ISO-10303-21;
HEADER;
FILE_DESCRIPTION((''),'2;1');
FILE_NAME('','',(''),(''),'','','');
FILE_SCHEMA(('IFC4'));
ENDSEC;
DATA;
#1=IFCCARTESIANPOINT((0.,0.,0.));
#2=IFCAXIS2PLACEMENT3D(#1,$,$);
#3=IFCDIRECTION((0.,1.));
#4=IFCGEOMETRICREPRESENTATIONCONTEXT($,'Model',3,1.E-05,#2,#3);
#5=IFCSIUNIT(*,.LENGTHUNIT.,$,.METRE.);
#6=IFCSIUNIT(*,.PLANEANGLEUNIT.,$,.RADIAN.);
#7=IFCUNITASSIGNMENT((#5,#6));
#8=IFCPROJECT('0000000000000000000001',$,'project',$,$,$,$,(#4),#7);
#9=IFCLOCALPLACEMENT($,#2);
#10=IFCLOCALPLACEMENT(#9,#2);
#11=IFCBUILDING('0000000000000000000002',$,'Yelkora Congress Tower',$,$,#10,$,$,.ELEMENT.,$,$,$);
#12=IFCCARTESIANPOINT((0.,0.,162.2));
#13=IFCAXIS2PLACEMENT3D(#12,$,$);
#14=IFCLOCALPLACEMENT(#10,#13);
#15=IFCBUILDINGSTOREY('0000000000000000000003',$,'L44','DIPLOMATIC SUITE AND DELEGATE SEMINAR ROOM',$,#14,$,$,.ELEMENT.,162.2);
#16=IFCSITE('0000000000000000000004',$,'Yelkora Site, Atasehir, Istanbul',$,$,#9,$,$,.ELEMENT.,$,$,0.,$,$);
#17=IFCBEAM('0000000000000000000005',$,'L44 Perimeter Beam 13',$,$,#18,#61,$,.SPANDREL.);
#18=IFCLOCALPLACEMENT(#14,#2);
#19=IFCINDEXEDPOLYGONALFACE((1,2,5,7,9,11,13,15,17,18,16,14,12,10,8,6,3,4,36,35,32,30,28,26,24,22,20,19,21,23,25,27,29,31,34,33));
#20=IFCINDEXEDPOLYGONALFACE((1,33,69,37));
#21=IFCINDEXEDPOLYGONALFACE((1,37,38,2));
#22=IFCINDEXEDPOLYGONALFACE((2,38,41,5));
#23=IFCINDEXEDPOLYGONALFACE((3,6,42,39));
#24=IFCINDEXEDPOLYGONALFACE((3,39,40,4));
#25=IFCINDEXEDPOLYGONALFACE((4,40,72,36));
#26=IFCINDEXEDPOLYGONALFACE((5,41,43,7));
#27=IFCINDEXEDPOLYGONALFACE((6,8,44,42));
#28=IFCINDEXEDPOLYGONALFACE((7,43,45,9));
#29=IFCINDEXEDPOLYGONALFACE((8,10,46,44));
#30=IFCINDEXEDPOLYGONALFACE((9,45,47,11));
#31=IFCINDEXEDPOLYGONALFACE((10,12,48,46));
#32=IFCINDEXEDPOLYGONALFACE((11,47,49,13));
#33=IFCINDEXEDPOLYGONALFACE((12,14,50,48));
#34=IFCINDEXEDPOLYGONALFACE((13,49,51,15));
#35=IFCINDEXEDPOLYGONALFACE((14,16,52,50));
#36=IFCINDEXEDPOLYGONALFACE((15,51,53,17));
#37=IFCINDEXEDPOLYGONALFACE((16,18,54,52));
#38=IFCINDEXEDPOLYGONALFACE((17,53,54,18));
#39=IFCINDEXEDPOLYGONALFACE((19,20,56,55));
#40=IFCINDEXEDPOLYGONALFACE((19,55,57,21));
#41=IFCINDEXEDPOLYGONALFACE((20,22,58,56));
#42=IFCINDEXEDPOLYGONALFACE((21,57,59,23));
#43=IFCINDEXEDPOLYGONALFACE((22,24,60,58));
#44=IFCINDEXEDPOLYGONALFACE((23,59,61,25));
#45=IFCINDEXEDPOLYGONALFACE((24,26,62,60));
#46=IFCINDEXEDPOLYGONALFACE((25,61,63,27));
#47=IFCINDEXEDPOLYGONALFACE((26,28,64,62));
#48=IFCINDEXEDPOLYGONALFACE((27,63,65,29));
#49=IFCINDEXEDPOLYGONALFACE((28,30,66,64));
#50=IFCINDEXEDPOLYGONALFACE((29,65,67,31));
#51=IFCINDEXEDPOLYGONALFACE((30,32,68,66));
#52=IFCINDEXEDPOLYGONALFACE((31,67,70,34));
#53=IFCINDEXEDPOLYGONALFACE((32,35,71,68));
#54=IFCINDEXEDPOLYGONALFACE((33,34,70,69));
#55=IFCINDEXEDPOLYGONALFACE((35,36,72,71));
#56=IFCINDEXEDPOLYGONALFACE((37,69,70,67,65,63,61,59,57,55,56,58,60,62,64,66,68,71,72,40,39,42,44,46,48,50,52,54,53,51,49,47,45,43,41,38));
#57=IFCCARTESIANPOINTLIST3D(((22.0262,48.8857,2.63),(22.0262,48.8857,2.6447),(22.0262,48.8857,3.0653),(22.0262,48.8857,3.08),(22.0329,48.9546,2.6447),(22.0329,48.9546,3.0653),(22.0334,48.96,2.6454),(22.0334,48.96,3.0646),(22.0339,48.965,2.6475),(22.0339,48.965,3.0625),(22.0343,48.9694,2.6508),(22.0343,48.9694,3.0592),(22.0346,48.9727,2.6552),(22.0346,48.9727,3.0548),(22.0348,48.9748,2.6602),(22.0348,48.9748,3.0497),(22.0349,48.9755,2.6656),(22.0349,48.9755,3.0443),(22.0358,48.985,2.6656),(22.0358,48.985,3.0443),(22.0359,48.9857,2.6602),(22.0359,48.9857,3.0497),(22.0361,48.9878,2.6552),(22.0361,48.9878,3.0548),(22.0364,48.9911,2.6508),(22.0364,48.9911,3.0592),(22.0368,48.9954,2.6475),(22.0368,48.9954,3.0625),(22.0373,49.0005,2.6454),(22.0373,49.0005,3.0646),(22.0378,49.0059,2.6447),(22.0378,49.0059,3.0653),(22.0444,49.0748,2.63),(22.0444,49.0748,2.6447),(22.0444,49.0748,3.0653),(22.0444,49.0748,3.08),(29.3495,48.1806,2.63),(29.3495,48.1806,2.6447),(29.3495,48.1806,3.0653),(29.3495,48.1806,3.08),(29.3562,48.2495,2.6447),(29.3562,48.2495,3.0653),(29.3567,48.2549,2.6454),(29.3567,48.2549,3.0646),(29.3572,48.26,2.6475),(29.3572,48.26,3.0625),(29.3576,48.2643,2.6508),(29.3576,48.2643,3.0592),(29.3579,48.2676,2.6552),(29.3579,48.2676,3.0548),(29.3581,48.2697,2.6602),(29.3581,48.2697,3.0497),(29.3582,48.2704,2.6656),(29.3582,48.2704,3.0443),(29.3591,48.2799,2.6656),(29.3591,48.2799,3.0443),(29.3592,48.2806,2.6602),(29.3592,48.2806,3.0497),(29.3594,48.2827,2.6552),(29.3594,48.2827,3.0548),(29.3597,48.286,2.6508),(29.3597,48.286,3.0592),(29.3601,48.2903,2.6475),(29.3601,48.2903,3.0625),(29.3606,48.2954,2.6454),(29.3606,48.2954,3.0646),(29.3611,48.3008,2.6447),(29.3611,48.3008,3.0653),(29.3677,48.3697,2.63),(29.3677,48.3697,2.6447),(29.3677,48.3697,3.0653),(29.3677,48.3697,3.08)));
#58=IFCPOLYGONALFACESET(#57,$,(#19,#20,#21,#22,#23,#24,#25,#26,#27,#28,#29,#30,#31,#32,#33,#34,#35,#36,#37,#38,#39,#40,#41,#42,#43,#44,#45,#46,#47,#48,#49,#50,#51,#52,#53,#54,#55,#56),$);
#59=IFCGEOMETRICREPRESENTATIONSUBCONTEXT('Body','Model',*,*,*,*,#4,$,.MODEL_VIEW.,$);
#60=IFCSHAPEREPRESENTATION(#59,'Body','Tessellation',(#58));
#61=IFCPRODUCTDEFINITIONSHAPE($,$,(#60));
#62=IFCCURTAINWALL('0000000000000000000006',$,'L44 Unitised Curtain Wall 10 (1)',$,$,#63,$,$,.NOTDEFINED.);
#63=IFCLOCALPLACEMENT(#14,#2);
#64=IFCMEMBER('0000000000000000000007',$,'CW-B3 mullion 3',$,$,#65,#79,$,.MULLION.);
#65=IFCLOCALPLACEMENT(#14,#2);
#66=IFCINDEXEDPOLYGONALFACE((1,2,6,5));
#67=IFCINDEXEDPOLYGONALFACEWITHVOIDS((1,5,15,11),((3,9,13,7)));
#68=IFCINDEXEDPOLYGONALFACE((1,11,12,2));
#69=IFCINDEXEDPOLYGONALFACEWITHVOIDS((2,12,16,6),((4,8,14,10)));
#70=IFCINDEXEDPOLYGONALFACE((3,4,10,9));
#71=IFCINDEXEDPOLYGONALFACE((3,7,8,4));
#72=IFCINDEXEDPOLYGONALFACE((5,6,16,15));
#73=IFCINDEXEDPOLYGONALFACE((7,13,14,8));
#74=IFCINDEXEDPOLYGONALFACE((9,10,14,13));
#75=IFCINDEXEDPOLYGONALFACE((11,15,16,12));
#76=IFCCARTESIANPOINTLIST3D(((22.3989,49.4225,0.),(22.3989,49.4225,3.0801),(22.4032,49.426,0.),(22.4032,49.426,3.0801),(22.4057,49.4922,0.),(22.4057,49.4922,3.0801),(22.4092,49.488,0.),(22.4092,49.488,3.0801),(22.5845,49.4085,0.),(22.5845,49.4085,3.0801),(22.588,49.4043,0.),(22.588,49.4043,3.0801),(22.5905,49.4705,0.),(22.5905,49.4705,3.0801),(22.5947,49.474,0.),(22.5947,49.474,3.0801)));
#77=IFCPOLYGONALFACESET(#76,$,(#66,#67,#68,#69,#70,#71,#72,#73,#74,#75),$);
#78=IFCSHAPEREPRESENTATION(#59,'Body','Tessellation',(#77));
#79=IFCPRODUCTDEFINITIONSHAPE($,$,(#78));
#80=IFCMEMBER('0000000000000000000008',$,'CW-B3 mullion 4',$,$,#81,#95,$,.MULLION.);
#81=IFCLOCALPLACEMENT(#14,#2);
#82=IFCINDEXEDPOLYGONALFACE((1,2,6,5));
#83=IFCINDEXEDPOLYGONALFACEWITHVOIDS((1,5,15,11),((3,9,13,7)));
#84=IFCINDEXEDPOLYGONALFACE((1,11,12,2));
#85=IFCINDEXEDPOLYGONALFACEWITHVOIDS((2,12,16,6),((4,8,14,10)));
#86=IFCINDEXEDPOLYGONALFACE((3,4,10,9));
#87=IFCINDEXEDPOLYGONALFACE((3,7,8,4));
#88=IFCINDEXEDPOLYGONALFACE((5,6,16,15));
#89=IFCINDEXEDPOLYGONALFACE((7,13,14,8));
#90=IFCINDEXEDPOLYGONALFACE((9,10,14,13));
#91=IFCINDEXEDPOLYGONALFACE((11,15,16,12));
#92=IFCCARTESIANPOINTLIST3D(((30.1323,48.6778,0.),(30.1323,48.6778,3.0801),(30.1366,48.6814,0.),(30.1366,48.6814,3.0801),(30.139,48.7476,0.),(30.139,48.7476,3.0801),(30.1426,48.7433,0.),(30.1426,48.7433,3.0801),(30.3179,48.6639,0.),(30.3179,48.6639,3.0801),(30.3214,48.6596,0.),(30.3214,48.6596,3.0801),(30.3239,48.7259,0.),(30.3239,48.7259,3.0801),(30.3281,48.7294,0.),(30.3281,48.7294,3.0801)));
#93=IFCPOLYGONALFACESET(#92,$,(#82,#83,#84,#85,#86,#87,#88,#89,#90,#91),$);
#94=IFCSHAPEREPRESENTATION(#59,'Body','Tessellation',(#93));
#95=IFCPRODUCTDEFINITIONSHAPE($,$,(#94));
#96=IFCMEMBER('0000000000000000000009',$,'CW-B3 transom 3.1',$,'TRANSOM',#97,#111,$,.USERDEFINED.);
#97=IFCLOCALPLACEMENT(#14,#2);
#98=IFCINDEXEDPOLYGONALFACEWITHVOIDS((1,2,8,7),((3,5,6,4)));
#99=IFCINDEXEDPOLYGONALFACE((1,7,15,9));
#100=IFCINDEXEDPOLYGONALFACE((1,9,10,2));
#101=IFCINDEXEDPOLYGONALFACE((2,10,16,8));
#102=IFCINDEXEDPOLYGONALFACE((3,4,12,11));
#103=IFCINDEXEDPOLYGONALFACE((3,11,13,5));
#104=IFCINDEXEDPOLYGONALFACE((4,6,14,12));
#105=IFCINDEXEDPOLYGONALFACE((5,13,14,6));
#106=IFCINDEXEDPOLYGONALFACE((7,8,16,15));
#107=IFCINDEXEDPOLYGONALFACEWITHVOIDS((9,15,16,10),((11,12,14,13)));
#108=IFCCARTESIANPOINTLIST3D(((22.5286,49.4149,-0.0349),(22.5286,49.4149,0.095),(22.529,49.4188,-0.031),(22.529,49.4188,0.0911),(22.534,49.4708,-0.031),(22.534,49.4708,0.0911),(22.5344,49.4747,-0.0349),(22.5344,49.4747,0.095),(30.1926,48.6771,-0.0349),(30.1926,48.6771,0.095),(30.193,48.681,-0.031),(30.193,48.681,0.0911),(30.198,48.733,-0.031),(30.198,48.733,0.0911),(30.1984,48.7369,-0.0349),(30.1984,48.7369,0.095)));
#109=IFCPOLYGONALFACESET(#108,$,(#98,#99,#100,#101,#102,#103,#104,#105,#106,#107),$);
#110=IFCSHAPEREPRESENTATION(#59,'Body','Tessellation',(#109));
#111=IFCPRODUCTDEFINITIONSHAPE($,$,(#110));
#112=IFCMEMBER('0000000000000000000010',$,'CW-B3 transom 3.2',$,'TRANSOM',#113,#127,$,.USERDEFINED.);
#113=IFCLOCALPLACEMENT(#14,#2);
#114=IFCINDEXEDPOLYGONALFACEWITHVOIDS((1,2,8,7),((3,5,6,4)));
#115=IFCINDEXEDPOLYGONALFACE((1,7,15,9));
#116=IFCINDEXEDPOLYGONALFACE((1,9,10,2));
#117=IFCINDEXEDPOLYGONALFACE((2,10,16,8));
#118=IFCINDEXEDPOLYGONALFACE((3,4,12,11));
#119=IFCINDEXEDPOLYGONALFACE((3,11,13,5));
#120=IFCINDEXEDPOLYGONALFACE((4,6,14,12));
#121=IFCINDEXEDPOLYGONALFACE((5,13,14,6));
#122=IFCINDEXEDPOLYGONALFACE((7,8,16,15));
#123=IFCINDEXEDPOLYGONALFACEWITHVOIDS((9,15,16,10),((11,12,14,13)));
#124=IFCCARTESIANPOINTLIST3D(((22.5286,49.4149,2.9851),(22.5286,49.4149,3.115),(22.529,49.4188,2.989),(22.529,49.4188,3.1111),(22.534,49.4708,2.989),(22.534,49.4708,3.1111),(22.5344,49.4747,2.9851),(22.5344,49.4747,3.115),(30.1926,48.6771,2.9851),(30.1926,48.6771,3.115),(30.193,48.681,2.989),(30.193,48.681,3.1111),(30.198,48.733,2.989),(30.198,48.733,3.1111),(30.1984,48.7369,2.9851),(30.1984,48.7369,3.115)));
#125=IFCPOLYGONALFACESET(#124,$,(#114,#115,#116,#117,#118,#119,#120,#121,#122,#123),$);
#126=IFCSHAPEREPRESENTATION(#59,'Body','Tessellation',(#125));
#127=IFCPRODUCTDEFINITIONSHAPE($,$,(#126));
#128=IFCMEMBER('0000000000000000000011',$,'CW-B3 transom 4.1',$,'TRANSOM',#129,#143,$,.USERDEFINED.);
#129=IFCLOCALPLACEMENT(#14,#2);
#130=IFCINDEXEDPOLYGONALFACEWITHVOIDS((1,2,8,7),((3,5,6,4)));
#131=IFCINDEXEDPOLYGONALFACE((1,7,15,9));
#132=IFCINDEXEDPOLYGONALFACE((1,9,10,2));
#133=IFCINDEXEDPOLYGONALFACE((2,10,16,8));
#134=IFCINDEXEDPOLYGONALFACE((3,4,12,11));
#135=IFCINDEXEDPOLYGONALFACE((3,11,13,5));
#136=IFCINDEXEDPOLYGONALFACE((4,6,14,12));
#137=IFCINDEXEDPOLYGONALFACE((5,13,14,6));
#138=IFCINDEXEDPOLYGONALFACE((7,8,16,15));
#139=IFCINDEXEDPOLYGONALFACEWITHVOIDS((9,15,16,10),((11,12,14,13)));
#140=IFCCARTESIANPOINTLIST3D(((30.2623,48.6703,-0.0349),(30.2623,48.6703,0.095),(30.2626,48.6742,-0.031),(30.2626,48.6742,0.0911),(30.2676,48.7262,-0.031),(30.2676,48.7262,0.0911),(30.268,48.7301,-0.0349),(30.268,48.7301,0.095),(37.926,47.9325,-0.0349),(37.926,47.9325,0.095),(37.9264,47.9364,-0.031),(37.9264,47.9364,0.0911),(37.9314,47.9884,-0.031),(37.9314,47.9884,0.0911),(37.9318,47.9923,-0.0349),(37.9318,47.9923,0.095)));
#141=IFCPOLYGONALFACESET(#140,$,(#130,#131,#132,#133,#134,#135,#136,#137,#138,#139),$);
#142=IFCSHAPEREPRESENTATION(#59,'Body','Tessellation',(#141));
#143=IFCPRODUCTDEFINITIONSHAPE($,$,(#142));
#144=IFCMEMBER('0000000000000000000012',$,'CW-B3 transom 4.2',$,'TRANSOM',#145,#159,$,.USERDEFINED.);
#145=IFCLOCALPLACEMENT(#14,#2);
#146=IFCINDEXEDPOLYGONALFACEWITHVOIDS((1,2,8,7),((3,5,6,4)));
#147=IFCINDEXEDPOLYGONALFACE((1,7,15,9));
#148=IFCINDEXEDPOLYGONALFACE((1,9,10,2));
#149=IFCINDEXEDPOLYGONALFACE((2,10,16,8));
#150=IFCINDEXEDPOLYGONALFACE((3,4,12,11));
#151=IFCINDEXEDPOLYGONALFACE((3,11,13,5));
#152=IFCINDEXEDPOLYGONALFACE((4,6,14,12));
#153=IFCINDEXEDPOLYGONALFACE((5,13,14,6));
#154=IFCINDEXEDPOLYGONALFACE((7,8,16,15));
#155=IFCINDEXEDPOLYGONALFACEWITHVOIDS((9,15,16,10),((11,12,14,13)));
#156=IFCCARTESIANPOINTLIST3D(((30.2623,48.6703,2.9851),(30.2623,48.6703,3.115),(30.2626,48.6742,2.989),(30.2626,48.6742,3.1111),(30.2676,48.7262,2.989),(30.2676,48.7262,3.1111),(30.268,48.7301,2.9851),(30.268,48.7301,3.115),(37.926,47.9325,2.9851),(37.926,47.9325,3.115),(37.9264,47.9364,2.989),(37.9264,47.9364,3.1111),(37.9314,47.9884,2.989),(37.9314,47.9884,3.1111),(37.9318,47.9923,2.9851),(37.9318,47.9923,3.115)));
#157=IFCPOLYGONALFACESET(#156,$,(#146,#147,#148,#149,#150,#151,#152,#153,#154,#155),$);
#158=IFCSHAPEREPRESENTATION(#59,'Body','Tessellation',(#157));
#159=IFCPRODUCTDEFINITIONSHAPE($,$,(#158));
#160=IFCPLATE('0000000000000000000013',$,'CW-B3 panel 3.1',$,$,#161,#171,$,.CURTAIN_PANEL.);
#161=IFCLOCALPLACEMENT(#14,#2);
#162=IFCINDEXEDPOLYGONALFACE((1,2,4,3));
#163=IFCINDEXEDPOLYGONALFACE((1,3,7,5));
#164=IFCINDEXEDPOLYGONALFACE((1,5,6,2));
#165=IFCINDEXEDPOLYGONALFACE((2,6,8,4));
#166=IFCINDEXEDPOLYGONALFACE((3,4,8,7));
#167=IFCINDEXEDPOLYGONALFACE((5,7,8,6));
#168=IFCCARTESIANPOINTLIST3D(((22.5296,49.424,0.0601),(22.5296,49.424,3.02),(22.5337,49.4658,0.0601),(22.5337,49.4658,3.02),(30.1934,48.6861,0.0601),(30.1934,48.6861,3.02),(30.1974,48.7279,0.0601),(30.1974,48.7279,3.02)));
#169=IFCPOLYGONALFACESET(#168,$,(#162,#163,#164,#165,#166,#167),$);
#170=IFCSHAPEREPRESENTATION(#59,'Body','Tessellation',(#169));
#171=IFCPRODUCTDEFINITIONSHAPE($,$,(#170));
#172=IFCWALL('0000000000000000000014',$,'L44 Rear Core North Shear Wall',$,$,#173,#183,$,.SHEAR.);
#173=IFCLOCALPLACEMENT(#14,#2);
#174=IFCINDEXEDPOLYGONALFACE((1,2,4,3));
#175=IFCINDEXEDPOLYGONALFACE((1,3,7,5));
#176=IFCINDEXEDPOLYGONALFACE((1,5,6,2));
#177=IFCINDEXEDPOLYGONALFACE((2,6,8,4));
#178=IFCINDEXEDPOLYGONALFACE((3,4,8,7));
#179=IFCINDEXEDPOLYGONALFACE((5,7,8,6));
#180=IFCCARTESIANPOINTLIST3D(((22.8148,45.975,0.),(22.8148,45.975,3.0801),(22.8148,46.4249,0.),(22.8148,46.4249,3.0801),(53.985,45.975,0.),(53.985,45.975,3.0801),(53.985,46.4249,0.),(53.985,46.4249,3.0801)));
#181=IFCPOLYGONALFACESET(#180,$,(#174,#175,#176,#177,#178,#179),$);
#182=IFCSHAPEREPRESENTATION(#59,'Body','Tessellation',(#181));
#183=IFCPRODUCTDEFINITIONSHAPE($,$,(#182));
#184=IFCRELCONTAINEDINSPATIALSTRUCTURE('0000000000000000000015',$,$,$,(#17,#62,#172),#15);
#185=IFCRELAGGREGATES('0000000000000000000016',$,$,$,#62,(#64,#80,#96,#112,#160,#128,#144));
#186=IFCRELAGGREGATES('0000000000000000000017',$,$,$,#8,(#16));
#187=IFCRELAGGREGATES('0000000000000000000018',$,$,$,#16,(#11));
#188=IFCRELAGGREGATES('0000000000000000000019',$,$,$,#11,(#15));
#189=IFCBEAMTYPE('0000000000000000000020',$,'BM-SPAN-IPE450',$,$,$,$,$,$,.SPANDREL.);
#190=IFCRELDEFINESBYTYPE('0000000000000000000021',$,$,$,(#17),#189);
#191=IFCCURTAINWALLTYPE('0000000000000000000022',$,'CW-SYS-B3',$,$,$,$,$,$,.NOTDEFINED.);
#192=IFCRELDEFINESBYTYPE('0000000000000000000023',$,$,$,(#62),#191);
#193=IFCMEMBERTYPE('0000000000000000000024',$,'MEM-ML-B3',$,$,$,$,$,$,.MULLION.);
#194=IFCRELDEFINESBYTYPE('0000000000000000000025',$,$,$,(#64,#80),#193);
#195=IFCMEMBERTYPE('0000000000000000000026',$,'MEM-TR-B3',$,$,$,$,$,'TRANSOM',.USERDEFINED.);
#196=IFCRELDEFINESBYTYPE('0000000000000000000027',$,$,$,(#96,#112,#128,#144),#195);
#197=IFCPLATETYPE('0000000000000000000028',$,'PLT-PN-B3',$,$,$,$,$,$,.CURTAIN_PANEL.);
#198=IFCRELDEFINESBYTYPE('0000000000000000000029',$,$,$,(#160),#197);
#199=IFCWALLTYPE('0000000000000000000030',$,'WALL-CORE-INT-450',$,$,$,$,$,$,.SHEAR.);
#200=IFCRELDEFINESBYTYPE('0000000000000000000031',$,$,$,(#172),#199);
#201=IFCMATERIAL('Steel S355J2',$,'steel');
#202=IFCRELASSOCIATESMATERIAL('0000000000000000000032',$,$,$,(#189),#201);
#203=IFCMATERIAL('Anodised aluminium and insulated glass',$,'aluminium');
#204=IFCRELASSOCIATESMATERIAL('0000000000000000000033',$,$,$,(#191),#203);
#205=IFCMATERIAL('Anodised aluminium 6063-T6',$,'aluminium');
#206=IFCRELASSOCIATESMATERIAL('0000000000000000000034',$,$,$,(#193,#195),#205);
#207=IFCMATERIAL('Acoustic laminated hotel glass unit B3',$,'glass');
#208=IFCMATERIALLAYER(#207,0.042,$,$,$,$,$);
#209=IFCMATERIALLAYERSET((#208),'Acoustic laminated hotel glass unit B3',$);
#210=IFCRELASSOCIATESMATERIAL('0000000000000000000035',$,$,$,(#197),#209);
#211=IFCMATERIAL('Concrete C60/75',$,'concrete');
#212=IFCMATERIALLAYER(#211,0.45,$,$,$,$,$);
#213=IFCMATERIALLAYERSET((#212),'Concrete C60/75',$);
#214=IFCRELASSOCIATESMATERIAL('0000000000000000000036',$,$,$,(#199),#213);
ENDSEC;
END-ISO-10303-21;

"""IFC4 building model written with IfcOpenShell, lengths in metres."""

from ifc_helpers import new_model, si_unit, direction, frame, frame_2d, origin, origin_2d, place, context, subcontext, project, spatial, rectangle, hollow_rectangle, i_section, extrude, material, layer, layer_set, material_profile, profile_set, type_object, element, aggregate, save


model = new_model("IFC4")

# Units and contexts
model_context = context("Model", 3, precision=1e-05, world=origin(), true_north=direction((0.0, 1.0)))
body_context = subcontext(model_context, "Body", "Model", "MODEL_VIEW")
ifc_project = project(units=[si_unit("LENGTHUNIT", "METRE"), si_unit("PLANEANGLEUNIT", "RADIAN")], contexts=[model_context])

# Site, building, storey
site_placement = place(None, origin())
site = spatial("IfcSite", under=ifc_project, at=site_placement, Name="Yelkora Site, Atasehir, Istanbul", CompositionType="ELEMENT", RefElevation=0.0)
building_placement = place(site_placement, origin())
building = spatial("IfcBuilding", under=site, at=building_placement, Name="Yelkora Congress Tower", CompositionType="ELEMENT")
storey_placement = place(building_placement, frame((0.0, 0.0, 162.2)))
storey = spatial("IfcBuildingStorey", under=building, at=storey_placement, Name="L44", Description="DIPLOMATIC SUITE AND DELEGATE SEMINAR ROOM", CompositionType="ELEMENT", Elevation=162.2)

# Beam
ifc_material_1 = material(Name="Steel S355J2", Category="steel")
ifc_material_profile_1 = material_profile(ifc_material_1, i_section(OverallWidth=0.1899, OverallDepth=0.45, WebThickness=0.0095, FlangeThickness=0.0146, FilletRadius=0.021, at=origin_2d()), Name="IPE 450")
ifc_profile_set_1 = profile_set([ifc_material_profile_1], Name="Steel S355J2")
beam_type_1 = type_object("IfcBeamType", Name="BM-SPAN-IPE450", PredefinedType="SPANDREL", material=ifc_profile_set_1)
beam_1_placement = place(storey_placement, frame((29.3586, 48.2751, 2.855), z_axis=(-0.995397, 0.095836, 0.0), x_axis=(-0.095836, -0.995397, 0.0)))
element("IfcBeam", 1, at=beam_1_placement, inside=storey, type_object=beam_type_1, Name="L44 Perimeter Beam 13", PredefinedType="SPANDREL", context=body_context, shape_type="SweptSolid", body=[
    extrude(i_section(OverallWidth=0.1899, OverallDepth=0.45, WebThickness=0.0095, FlangeThickness=0.0146, FilletRadius=0.021, at=origin_2d()), origin(), (0.0, 0.0, 1.0), 7.3572),
])

# Curtain wall, members, plate
ifc_material_2 = material(Name="Anodised aluminium and insulated glass", Category="aluminium")
curtain_wall_type = type_object("IfcCurtainWallType", Name="CW-SYS-B3", PredefinedType="NOTDEFINED", material=ifc_material_2)
curtain_wall_placement = place(storey_placement, origin())
curtain_wall = element("IfcCurtainWall", 2, at=curtain_wall_placement, inside=storey, type_object=curtain_wall_type, Name="L44 Unitised Curtain Wall 10 (1)", PredefinedType="NOTDEFINED")
ifc_material_3 = material(Name="Anodised aluminium 6063-T6", Category="aluminium")
ifc_material_profile_2 = material_profile(ifc_material_3, hollow_rectangle(XDim=0.0701, YDim=0.1899, WallThickness=0.0039, at=origin_2d()), Name="ALU 70x190x4")
ifc_profile_set_2 = profile_set([ifc_material_profile_2], Name="Anodised aluminium 6063-T6")
member_type_1 = type_object("IfcMemberType", Name="MEM-ML-B3", PredefinedType="MULLION", material=ifc_profile_set_2)
member_1_placement = place(storey_placement, frame((22.4968, 49.4482, 0.0), z_axis=(0.0, 0.0, 1.0), x_axis=(0.095845, 0.995396, 0.0)))
member_1 = element("IfcMember", 3, at=member_1_placement, type_object=member_type_1, Name="CW-B3 mullion 3", PredefinedType="MULLION", context=body_context, shape_type="SweptSolid", body=[
    extrude(hollow_rectangle(XDim=0.0701, YDim=0.1899, WallThickness=0.0039, at=origin_2d()), origin(), (0.0, 0.0, 1.0), 3.0801),
])
member_2_placement = place(storey_placement, frame((30.2302, 48.7036, 0.0), z_axis=(0.0, 0.0, 1.0), x_axis=(0.095845, 0.995396, 0.0)))
member_2 = element("IfcMember", 4, at=member_2_placement, type_object=member_type_1, Name="CW-B3 mullion 4", PredefinedType="MULLION", context=body_context, shape_type="SweptSolid", body=[
    extrude(hollow_rectangle(XDim=0.0701, YDim=0.1899, WallThickness=0.0039, at=origin_2d()), origin(), (0.0, 0.0, 1.0), 3.0801),
])
ifc_material_profile_3 = material_profile(ifc_material_3, hollow_rectangle(XDim=0.0601, YDim=0.1299, WallThickness=0.0039, at=origin_2d()), Name="ALU 60x130x4")
ifc_profile_set_3 = profile_set([ifc_material_profile_3], Name="Anodised aluminium 6063-T6")
member_type_2 = type_object("IfcMemberType", Name="MEM-TR-B3", ElementType="TRANSOM", PredefinedType="USERDEFINED", material=ifc_profile_set_3)
member_3_placement = place(storey_placement, frame((22.5315, 49.4448, 0.03), z_axis=(0.995398, -0.095824, 0.0), x_axis=(0.095824, 0.995398, 0.0)))
member_3 = element("IfcMember", 5, at=member_3_placement, type_object=member_type_2, Name="CW-B3 transom 3.1", ObjectType="TRANSOM", PredefinedType="USERDEFINED", context=body_context, shape_type="SweptSolid", body=[
    extrude(hollow_rectangle(XDim=0.0601, YDim=0.1299, WallThickness=0.0039, at=origin_2d()), origin(), (0.0, 0.0, 1.0), 7.6995),
])
member_4_placement = place(storey_placement, frame((22.5315, 49.4448, 3.05), z_axis=(0.995398, -0.095824, 0.0), x_axis=(0.095824, 0.995398, 0.0)))
member_4 = element("IfcMember", 6, at=member_4_placement, type_object=member_type_2, Name="CW-B3 transom 3.2", ObjectType="TRANSOM", PredefinedType="USERDEFINED", context=body_context, shape_type="SweptSolid", body=[
    extrude(hollow_rectangle(XDim=0.0601, YDim=0.1299, WallThickness=0.0039, at=origin_2d()), origin(), (0.0, 0.0, 1.0), 7.6995),
])
member_5_placement = place(storey_placement, frame((30.2651, 48.7002, 0.03), z_axis=(0.995398, -0.095827, 0.0), x_axis=(0.095827, 0.995398, 0.0)))
member_5 = element("IfcMember", 7, at=member_5_placement, type_object=member_type_2, Name="CW-B3 transom 4.1", ObjectType="TRANSOM", PredefinedType="USERDEFINED", context=body_context, shape_type="SweptSolid", body=[
    extrude(hollow_rectangle(XDim=0.0601, YDim=0.1299, WallThickness=0.0039, at=origin_2d()), origin(), (0.0, 0.0, 1.0), 7.6992),
])
member_6_placement = place(storey_placement, frame((30.2651, 48.7002, 3.05), z_axis=(0.995398, -0.095827, 0.0), x_axis=(0.095827, 0.995398, 0.0)))
member_6 = element("IfcMember", 8, at=member_6_placement, type_object=member_type_2, Name="CW-B3 transom 4.2", ObjectType="TRANSOM", PredefinedType="USERDEFINED", context=body_context, shape_type="SweptSolid", body=[
    extrude(hollow_rectangle(XDim=0.0601, YDim=0.1299, WallThickness=0.0039, at=origin_2d()), origin(), (0.0, 0.0, 1.0), 7.6992),
])
ifc_material_4 = material(Name="Acoustic laminated hotel glass unit B3", Category="glass")
ifc_layer_1 = layer(ifc_material_4, 0.042)
ifc_layer_set_1 = layer_set([ifc_layer_1], Name="Acoustic laminated hotel glass unit B3")
plate_type = type_object("IfcPlateType", Name="PLT-PN-B3", PredefinedType="CURTAIN_PANEL", material=ifc_layer_set_1)
plate_placement = place(storey_placement, frame((26.3635, 49.0759, 0.0601), z_axis=(0.0, 0.0, 1.0), x_axis=(0.995396, -0.095845, 0.0)))
plate = element("IfcPlate", 9, at=plate_placement, type_object=plate_type, Name="CW-B3 panel 3.1", PredefinedType="CURTAIN_PANEL", context=body_context, shape_type="SweptSolid", body=[
    extrude(rectangle(XDim=7.6992, YDim=0.042, at=origin_2d()), origin(), (0.0, 0.0, 1.0), 2.96),
])
aggregate(curtain_wall, [member_1, member_2, member_3, member_4, plate, member_5, member_6])

# Wall
ifc_material_5 = material(Name="Concrete C60/75", Category="concrete")
ifc_layer_2 = layer(ifc_material_5, 0.45)
ifc_layer_set_2 = layer_set([ifc_layer_2], Name="Concrete C60/75")
wall_type_1 = type_object("IfcWallType", Name="WALL-CORE-INT-450", PredefinedType="SHEAR", material=ifc_layer_set_2)
wall_1_placement = place(storey_placement, frame((22.8149, 46.2, 0.0), z_axis=(0.0, 0.0, 1.0), x_axis=(1.0, 0.0, 0.0)))
element("IfcWall", 10, at=wall_1_placement, inside=storey, type_object=wall_type_1, Name="L44 Rear Core North Shear Wall", PredefinedType="SHEAR", context=body_context, shape_type="SweptSolid", body=[
    extrude(rectangle(XDim=31.1702, YDim=0.45, at=frame_2d((15.585, 0.0))), origin(), (0.0, 0.0, 1.0), 3.0801),
])

save(model, "model.ifc")
